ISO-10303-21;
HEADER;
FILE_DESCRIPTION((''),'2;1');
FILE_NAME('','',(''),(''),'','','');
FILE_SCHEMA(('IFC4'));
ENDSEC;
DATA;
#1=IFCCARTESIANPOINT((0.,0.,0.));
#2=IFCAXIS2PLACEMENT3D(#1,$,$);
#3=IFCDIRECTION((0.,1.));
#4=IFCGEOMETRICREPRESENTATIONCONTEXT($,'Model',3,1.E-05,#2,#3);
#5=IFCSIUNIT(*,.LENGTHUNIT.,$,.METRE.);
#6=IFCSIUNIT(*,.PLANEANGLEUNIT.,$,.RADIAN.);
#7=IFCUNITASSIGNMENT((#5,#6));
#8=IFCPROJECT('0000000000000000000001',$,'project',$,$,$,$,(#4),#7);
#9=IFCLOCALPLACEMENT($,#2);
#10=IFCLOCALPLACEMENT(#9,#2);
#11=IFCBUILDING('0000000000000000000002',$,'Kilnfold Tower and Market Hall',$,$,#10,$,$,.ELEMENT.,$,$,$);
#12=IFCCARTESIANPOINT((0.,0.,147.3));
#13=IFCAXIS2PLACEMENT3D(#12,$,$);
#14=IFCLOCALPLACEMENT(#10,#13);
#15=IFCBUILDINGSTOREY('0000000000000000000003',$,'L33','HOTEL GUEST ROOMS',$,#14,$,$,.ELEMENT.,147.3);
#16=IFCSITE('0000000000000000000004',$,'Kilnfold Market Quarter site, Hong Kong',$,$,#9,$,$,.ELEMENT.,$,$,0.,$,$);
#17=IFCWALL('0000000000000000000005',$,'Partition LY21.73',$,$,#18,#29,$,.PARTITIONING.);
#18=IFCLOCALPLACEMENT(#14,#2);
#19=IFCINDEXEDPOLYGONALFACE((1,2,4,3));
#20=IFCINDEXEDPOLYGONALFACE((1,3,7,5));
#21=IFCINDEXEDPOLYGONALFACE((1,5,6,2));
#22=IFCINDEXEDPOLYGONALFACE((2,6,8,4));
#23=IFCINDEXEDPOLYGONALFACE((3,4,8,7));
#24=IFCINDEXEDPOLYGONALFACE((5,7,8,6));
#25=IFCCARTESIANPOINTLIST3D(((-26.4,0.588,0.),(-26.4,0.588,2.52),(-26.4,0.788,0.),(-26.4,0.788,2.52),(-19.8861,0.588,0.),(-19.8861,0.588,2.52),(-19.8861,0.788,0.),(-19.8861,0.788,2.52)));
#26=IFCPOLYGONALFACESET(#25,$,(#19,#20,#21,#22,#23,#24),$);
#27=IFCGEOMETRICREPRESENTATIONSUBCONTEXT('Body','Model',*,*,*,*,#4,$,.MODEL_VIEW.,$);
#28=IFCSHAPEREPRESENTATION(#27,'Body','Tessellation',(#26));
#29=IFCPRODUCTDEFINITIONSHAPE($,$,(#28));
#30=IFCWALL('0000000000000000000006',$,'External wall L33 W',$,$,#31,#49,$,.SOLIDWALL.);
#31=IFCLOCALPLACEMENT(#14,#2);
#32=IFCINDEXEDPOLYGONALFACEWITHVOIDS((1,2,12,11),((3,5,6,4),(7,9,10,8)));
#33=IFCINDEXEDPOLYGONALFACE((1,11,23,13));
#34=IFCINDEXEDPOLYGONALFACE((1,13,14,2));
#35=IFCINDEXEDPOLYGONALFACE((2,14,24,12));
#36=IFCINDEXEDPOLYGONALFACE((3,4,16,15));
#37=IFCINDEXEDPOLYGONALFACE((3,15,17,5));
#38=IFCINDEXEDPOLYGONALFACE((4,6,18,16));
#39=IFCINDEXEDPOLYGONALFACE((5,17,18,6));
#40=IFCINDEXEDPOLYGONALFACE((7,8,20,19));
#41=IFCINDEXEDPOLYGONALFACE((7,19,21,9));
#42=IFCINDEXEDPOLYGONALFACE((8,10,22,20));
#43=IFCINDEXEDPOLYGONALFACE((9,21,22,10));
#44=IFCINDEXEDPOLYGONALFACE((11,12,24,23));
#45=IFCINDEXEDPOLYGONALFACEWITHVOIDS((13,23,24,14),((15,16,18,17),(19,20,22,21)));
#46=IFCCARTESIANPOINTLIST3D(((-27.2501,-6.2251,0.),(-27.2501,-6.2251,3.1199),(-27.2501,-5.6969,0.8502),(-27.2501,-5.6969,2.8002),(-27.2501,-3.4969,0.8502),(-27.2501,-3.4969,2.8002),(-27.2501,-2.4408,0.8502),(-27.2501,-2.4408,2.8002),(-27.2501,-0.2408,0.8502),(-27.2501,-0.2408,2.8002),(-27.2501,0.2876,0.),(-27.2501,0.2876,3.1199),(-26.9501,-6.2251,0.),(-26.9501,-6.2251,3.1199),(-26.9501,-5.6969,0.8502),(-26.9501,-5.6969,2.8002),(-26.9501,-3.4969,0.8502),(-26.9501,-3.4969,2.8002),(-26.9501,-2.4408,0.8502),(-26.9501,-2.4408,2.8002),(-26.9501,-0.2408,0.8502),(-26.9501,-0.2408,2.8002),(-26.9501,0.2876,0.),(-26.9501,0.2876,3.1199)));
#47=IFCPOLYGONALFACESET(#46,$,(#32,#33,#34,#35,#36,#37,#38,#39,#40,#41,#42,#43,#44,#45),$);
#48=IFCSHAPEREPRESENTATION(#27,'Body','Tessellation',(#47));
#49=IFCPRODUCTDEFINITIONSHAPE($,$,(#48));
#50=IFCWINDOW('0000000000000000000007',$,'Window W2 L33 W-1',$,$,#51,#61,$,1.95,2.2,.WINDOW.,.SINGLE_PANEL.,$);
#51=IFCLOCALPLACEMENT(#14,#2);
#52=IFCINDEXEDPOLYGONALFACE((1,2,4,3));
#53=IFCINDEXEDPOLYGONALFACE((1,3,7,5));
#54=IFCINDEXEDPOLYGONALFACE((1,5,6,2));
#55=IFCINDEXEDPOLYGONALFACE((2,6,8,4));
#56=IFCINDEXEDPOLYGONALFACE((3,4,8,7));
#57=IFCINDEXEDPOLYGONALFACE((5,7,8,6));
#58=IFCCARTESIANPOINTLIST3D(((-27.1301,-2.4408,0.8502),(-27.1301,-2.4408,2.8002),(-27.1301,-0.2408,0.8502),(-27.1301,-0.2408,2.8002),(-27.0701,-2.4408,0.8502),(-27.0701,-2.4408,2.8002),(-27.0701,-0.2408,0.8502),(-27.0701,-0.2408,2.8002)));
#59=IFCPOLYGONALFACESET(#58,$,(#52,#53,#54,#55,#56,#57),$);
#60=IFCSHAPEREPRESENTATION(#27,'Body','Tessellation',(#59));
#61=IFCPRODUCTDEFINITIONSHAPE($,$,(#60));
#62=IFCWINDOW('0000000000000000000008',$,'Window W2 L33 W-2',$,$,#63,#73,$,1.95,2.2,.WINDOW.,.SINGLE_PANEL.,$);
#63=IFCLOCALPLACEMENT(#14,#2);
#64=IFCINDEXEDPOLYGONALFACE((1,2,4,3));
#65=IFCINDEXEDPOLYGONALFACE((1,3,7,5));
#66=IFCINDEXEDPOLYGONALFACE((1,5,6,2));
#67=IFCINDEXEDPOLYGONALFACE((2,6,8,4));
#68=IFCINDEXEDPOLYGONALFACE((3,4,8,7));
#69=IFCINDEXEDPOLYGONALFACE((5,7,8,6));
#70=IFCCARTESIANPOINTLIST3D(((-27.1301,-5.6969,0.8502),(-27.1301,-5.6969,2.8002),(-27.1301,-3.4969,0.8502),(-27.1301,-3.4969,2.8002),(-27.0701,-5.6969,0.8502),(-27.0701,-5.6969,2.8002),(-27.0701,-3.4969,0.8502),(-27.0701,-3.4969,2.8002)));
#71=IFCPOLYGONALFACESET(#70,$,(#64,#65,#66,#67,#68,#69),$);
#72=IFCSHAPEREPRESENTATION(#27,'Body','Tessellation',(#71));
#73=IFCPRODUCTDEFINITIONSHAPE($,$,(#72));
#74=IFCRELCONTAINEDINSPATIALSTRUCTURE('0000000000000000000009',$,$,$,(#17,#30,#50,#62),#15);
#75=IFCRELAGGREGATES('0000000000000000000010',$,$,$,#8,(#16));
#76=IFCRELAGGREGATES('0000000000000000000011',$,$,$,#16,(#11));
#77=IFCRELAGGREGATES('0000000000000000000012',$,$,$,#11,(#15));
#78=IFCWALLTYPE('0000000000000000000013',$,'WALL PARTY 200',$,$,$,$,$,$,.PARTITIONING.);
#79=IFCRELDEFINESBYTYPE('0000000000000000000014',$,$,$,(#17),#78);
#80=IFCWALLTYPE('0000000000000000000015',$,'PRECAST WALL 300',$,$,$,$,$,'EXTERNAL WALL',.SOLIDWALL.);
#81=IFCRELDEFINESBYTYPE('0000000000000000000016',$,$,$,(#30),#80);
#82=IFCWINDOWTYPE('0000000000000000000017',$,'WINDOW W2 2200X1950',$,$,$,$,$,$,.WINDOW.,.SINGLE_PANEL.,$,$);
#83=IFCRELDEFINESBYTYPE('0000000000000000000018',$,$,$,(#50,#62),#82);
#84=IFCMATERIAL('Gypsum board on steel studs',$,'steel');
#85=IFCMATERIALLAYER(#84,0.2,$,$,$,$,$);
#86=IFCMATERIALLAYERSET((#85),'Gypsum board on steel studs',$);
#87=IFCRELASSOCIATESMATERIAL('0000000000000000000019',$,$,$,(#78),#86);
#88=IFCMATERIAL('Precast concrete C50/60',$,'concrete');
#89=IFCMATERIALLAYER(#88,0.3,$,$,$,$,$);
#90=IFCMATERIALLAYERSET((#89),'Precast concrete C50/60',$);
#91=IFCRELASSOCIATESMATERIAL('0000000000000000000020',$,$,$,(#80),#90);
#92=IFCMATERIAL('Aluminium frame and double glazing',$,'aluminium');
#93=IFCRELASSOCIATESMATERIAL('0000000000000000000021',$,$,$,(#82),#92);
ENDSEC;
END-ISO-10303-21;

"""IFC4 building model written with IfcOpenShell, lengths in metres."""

from ifc_helpers import new_model, si_unit, direction, frame, frame_2d, origin, place, context, subcontext, project, spatial, rectangle, extrude, source, transform, mapped, material, layer, layer_set, type_object, element, fill, save


model = new_model("IFC4")

# Units and contexts
model_context = context("Model", 3, precision=1e-05, world=origin(), true_north=direction((0.0, 1.0)))
body_context = subcontext(model_context, "Body", "Model", "MODEL_VIEW")
ifc_project = project(units=[si_unit("LENGTHUNIT", "METRE"), si_unit("PLANEANGLEUNIT", "RADIAN")], contexts=[model_context])

# Site, building, storey
site_placement = place(None, origin())
site = spatial("IfcSite", under=ifc_project, at=site_placement, Name="Kilnfold Market Quarter site, Hong Kong", CompositionType="ELEMENT", RefElevation=0.0)
building_placement = place(site_placement, origin())
building = spatial("IfcBuilding", under=site, at=building_placement, Name="Kilnfold Tower and Market Hall", CompositionType="ELEMENT")
storey_placement = place(building_placement, frame((0.0, 0.0, 147.3)))
storey = spatial("IfcBuildingStorey", under=building, at=storey_placement, Name="L33", Description="HOTEL GUEST ROOMS", CompositionType="ELEMENT", Elevation=147.3)

# Wall
ifc_material_1 = material(Name="Gypsum board on steel studs", Category="steel")
ifc_layer_1 = layer(ifc_material_1, 0.2)
ifc_layer_set_1 = layer_set([ifc_layer_1], Name="Gypsum board on steel studs")
wall_type_1 = type_object("IfcWallType", Name="WALL PARTY 200", PredefinedType="PARTITIONING", material=ifc_layer_set_1)
wall_1_placement = place(storey_placement, frame((-26.3999, 0.688, 0.0), z_axis=(0.0, 0.0, 1.0), x_axis=(1.0, 0.0, 0.0)))
element("IfcWall", 1, at=wall_1_placement, inside=storey, type_object=wall_type_1, Name="Partition LY21.73", PredefinedType="PARTITIONING", context=body_context, shape_type="SweptSolid", body=[
    extrude(rectangle(XDim=6.5139, YDim=0.2, at=frame_2d((3.2568, 0.0))), origin(), (0.0, 0.0, 1.0), 2.52),
])

# Wall, openings, windows
ifc_material_2 = material(Name="Precast concrete C50/60", Category="concrete")
ifc_layer_2 = layer(ifc_material_2, 0.3)
ifc_layer_set_2 = layer_set([ifc_layer_2], Name="Precast concrete C50/60")
wall_type_2 = type_object("IfcWallType", Name="PRECAST WALL 300", ElementType="EXTERNAL WALL", PredefinedType="SOLIDWALL", material=ifc_layer_set_2)
shared_shape_1 = source(origin(), body_context, "Body", "SweptSolid", [
    extrude(rectangle(XDim=6.5127, YDim=0.3, at=frame_2d((3.2563, 0.0))), origin(), (0.0, 0.0, 1.0), 3.1199),
])
wall_2_placement = place(storey_placement, frame((-27.1001, 0.2876, 0.0), z_axis=(0.0, 0.0, 1.0), x_axis=(0.0, -1.0, 0.0)))
wall_2 = element("IfcWall", 2, at=wall_2_placement, inside=storey, type_object=wall_type_2, Name="External wall L33 W", PredefinedType="SOLIDWALL", context=body_context, shape_type="MappedRepresentation", body=[
    mapped(shared_shape_1, transform((0.0, 0.0, 0.0))),
])
opening_1_placement = place(wall_2_placement, frame((0.5283, 0.0, 0.8501)))
opening_1 = element("IfcOpeningElement", 3, at=opening_1_placement, cuts=wall_2, PredefinedType="OPENING", context=body_context, shape_type="SweptSolid", body=[
    extrude(rectangle(XDim=2.2, YDim=1.95, at=frame_2d((1.1001, 0.9751))), frame((0.0, 0.1602, 0.0), z_axis=(0.0, -1.0, 0.0), x_axis=(1.0, 0.0, 0.0)), (0.0, 0.0, 1.0), 0.3201),
])
opening_2_placement = place(wall_2_placement, frame((3.7844, 0.0, 0.8501)))
opening_2 = element("IfcOpeningElement", 4, at=opening_2_placement, cuts=wall_2, PredefinedType="OPENING", context=body_context, shape_type="SweptSolid", body=[
    extrude(rectangle(XDim=2.2, YDim=1.95, at=frame_2d((1.1001, 0.9751))), frame((0.0, 0.1602, 0.0), z_axis=(0.0, -1.0, 0.0), x_axis=(1.0, 0.0, 0.0)), (0.0, 0.0, 1.0), 0.3201),
])
ifc_material_3 = material(Name="Aluminium frame and double glazing", Category="aluminium")
window_type = type_object("IfcWindowType", Name="WINDOW W2 2200X1950", PartitioningType="SINGLE_PANEL", PredefinedType="WINDOW", material=ifc_material_3)
window_1_placement = place(opening_1_placement, origin())
window_1 = element("IfcWindow", 5, at=window_1_placement, inside=storey, type_object=window_type, Name="Window W2 L33 W-1", OverallHeight=1.95, OverallWidth=2.2, PartitioningType="SINGLE_PANEL", PredefinedType="WINDOW", context=body_context, shape_type="SweptSolid", body=[
    extrude(rectangle(XDim=2.2, YDim=1.95, at=frame_2d((1.1001, 0.9751))), frame((0.0, 0.03, 0.0), z_axis=(0.0, -1.0, 0.0), x_axis=(1.0, 0.0, 0.0)), (0.0, 0.0, 1.0), 0.0601),
])
fill(opening_1, window_1)
window_2_placement = place(opening_2_placement, origin())
window_2 = element("IfcWindow", 6, at=window_2_placement, inside=storey, type_object=window_type, Name="Window W2 L33 W-2", OverallHeight=1.95, OverallWidth=2.2, PartitioningType="SINGLE_PANEL", PredefinedType="WINDOW", context=body_context, shape_type="SweptSolid", body=[
    extrude(rectangle(XDim=2.2, YDim=1.95, at=frame_2d((1.1001, 0.9751))), frame((0.0, 0.03, 0.0), z_axis=(0.0, -1.0, 0.0), x_axis=(1.0, 0.0, 0.0)), (0.0, 0.0, 1.0), 0.0601),
])
fill(opening_2, window_2)

save(model, "model.ifc")
